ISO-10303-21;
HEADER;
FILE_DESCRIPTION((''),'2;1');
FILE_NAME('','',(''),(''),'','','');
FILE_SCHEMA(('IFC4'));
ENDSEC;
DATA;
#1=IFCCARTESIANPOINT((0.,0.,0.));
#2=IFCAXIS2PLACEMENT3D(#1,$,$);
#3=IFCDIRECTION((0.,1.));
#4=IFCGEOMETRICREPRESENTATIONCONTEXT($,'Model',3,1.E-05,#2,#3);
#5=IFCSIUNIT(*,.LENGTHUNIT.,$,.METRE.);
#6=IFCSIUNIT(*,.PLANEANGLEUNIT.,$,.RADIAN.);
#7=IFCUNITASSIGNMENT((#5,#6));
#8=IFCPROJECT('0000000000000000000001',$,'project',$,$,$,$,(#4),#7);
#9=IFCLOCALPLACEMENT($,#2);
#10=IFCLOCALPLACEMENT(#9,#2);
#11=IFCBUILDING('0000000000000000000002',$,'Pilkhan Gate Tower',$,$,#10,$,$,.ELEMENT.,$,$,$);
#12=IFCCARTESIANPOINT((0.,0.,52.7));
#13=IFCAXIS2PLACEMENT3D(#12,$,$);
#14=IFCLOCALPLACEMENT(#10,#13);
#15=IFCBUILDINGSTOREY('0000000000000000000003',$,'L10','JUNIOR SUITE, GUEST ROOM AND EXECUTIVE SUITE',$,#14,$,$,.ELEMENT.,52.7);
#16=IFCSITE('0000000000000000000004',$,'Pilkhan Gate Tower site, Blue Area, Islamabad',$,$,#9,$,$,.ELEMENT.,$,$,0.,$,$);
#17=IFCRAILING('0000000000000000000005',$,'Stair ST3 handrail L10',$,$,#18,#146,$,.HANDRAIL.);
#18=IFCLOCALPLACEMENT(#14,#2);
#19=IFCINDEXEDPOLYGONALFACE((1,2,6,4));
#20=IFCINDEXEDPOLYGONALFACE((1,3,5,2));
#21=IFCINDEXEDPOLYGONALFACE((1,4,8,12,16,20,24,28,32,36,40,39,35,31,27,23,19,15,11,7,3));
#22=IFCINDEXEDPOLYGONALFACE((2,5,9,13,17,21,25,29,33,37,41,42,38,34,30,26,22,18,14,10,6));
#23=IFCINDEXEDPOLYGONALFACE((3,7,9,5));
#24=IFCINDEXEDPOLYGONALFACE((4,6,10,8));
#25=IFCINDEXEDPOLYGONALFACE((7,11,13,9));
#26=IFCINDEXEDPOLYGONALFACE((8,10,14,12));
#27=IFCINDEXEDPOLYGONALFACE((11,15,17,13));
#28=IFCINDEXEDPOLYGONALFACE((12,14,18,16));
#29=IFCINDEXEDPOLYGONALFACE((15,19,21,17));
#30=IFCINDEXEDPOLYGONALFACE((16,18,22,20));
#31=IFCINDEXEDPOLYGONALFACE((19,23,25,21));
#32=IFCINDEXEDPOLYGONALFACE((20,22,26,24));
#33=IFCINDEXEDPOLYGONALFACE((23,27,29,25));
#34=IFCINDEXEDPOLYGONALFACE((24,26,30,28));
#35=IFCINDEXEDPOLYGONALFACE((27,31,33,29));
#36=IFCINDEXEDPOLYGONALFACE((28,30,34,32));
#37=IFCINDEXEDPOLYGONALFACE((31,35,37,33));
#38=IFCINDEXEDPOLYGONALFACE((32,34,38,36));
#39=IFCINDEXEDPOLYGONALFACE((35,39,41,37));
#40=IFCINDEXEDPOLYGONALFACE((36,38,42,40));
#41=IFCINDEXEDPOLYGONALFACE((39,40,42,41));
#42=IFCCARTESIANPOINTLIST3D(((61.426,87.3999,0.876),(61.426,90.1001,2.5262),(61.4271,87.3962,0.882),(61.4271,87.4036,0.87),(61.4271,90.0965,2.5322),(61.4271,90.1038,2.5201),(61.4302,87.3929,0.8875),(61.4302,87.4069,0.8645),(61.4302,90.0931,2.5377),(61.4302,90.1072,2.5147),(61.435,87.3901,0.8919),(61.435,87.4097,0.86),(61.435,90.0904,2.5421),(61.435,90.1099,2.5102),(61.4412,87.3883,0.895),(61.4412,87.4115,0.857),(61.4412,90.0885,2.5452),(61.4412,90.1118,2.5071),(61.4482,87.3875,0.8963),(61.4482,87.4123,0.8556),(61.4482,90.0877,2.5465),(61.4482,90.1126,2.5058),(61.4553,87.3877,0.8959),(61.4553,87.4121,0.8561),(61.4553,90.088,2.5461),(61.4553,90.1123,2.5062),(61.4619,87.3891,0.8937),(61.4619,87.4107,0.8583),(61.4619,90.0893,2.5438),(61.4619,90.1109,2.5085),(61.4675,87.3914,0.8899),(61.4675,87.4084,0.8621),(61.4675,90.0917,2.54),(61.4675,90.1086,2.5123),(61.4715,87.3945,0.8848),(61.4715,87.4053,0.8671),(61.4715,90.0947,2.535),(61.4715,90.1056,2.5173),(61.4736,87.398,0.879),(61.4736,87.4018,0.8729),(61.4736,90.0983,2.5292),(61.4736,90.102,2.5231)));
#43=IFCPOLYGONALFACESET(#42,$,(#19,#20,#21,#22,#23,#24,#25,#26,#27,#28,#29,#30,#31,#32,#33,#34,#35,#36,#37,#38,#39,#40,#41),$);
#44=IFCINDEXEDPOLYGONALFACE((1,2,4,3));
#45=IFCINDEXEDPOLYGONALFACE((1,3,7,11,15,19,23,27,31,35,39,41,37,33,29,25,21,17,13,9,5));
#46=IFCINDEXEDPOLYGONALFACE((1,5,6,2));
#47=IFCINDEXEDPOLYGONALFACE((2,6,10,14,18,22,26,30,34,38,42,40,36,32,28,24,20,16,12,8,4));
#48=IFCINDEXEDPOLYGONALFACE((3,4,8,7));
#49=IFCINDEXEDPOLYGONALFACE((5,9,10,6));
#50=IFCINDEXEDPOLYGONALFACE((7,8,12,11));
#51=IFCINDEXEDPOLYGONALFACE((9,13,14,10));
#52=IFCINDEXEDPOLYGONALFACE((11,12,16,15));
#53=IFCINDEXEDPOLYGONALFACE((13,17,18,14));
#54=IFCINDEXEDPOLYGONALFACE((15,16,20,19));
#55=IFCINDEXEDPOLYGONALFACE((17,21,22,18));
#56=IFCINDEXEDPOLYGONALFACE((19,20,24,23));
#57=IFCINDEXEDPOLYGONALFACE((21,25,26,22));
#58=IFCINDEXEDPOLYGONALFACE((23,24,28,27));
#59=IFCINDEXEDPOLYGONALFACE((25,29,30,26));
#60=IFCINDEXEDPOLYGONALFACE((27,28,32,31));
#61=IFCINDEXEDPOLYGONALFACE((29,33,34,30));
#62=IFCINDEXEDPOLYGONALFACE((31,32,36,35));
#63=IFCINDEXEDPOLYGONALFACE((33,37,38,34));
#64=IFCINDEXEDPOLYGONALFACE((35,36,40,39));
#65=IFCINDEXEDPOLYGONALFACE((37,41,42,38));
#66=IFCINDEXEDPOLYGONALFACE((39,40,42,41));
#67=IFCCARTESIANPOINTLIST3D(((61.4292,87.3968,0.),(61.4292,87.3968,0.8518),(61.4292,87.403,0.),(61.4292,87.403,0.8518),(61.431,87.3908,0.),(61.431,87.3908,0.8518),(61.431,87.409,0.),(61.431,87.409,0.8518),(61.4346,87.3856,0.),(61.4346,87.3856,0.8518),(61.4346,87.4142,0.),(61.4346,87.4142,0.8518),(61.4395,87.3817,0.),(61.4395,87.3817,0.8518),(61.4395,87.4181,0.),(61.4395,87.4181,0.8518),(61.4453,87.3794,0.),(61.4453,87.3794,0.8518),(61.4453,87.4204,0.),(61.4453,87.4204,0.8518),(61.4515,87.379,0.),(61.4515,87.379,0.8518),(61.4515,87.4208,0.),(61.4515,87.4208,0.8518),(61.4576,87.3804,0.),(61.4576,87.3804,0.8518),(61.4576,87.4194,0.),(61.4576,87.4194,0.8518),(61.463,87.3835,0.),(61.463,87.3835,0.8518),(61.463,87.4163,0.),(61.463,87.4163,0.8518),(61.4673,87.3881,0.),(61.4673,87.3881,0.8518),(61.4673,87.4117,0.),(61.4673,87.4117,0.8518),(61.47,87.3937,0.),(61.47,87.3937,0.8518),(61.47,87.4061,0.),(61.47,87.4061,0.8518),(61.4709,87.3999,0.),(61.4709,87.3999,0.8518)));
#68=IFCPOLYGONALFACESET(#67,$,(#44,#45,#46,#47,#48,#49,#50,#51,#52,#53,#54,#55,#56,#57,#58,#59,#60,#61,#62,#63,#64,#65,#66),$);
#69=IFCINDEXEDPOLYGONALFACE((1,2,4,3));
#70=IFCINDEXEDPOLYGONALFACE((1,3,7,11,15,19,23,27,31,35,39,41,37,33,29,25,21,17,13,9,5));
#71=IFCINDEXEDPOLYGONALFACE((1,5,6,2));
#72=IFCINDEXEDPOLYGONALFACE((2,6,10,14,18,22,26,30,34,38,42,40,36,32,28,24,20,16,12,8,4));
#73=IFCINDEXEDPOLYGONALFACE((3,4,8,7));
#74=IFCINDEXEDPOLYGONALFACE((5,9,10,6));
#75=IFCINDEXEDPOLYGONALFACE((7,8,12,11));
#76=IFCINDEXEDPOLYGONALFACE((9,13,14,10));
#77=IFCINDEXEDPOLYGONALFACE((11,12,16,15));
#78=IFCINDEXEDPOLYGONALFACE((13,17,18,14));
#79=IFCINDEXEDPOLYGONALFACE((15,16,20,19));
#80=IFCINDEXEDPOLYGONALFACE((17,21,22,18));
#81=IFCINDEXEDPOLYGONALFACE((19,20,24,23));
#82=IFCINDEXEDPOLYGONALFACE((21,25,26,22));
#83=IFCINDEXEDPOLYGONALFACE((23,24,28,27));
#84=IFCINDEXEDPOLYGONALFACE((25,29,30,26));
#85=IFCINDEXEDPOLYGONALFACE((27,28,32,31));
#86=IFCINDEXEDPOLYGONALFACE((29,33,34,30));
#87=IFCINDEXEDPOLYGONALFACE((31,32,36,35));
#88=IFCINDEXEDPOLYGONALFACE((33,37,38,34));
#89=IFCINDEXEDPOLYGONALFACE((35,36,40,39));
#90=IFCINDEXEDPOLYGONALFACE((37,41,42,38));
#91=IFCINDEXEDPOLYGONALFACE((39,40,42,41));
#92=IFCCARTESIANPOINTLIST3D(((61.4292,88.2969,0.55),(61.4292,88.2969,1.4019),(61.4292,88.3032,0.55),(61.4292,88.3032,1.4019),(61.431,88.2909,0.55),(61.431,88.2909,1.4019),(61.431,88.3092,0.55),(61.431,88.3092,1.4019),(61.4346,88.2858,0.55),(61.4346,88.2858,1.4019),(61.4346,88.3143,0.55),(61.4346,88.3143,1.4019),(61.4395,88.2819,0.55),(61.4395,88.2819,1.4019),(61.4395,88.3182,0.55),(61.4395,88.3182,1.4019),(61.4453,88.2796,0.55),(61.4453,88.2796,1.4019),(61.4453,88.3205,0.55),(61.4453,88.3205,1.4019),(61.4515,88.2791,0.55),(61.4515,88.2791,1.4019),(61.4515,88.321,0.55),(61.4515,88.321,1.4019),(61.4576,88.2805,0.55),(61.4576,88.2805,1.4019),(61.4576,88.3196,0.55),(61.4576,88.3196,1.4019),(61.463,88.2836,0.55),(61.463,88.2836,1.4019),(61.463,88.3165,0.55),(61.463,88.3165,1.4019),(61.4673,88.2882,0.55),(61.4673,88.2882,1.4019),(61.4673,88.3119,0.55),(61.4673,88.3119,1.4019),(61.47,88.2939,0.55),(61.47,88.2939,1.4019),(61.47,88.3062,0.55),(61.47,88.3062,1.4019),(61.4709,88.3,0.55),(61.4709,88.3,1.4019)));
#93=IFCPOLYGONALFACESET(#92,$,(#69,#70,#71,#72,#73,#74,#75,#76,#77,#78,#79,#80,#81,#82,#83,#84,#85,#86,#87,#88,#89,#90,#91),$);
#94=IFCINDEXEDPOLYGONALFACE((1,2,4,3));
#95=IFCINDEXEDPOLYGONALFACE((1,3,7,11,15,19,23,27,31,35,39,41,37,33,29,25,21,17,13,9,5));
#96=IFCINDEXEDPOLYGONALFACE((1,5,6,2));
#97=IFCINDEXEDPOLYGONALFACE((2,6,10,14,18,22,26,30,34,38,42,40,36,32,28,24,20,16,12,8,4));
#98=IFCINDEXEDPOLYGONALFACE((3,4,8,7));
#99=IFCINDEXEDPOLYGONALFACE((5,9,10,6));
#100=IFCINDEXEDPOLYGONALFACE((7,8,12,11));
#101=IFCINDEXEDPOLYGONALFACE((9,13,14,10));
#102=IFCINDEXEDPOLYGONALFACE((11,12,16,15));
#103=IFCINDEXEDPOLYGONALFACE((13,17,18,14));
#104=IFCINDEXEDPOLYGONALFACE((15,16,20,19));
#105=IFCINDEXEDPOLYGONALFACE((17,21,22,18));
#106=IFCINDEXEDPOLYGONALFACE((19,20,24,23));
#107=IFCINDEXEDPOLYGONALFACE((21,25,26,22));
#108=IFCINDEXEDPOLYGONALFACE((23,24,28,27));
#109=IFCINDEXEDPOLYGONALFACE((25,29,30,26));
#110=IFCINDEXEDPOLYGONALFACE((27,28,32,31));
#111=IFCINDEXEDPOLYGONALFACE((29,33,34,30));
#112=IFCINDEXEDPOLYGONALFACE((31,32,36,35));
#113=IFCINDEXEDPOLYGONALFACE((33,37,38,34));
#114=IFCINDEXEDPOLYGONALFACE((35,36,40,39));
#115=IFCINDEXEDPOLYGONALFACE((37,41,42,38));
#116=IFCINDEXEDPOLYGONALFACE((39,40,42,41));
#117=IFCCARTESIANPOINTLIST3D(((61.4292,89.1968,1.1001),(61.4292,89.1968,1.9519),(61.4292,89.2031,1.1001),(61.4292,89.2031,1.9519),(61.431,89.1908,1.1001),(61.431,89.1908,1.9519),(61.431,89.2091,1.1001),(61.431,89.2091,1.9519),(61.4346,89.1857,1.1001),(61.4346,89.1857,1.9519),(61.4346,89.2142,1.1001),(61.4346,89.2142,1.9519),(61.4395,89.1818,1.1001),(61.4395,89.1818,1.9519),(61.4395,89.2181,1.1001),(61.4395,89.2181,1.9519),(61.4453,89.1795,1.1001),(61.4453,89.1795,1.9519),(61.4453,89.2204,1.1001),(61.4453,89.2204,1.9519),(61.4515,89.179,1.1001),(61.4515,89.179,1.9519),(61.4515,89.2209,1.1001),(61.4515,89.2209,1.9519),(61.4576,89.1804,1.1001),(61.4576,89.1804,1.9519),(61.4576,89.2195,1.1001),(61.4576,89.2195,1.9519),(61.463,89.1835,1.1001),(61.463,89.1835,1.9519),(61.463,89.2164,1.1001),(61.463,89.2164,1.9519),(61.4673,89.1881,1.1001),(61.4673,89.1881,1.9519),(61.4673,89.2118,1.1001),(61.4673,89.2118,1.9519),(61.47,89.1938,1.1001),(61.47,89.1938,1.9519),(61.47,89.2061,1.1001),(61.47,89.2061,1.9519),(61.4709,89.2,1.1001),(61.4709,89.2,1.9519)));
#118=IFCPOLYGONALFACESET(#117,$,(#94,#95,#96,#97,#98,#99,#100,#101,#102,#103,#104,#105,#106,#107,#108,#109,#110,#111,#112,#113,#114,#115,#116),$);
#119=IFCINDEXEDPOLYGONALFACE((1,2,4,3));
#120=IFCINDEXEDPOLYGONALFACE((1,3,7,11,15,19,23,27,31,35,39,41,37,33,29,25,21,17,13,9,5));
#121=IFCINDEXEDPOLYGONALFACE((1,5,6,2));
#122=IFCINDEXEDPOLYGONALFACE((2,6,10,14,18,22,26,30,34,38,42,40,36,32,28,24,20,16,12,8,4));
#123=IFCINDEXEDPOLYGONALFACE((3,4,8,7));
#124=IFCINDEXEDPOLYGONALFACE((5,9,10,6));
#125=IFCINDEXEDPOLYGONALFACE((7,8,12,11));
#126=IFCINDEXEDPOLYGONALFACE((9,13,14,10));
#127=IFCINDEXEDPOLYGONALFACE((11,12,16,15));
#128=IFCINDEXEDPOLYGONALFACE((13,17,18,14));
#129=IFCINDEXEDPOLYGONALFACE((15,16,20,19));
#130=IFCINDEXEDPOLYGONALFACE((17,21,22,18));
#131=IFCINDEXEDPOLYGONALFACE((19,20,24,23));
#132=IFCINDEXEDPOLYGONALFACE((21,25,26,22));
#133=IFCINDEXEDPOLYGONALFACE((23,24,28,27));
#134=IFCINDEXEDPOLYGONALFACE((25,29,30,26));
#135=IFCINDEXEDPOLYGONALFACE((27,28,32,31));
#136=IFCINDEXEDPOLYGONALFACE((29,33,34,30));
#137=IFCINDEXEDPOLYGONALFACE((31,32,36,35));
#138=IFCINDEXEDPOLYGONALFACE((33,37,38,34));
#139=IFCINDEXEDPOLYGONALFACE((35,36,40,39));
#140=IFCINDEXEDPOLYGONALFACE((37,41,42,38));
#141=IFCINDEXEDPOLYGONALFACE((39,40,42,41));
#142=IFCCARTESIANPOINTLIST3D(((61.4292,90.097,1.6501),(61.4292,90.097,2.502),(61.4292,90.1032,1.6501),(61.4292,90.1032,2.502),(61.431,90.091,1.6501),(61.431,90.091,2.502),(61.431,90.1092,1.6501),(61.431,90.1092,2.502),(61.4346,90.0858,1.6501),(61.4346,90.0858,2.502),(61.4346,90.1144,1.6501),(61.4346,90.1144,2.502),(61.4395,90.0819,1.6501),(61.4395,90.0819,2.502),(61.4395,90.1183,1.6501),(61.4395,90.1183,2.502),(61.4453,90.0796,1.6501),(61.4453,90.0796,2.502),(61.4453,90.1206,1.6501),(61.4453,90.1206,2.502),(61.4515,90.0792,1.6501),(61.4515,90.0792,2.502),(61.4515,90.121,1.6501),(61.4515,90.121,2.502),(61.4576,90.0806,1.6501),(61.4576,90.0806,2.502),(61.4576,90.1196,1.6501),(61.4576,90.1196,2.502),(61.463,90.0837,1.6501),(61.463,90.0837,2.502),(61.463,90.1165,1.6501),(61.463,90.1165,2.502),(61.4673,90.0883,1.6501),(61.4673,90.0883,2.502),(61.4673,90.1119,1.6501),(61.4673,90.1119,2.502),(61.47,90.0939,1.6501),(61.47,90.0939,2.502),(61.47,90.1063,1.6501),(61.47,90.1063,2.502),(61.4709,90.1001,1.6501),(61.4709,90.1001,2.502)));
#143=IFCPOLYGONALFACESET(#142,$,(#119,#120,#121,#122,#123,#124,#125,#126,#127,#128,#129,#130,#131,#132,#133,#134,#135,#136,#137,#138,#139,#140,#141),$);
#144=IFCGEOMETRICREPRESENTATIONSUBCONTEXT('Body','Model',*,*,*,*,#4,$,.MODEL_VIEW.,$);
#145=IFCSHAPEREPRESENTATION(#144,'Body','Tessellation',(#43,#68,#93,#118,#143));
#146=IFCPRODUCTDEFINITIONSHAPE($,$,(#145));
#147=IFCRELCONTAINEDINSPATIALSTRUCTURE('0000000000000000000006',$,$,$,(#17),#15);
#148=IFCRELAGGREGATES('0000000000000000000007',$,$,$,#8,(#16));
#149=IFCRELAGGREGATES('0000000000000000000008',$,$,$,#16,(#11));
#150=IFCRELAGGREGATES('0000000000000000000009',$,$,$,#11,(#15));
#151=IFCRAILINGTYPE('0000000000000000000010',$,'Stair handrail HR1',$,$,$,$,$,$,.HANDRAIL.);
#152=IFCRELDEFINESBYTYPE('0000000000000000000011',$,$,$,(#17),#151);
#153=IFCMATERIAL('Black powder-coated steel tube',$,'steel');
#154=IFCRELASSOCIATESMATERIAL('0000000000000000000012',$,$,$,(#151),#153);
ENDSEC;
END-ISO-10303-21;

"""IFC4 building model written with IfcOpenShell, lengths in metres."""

from ifc_helpers import new_model, si_unit, direction, frame, origin, origin_2d, place, context, subcontext, project, spatial, circle, extrude, material, type_object, element, save


model = new_model("IFC4")

# Units and contexts
model_context = context("Model", 3, precision=1e-05, world=origin(), true_north=direction((0.0, 1.0)))
body_context = subcontext(model_context, "Body", "Model", "MODEL_VIEW")
ifc_project = project(units=[si_unit("LENGTHUNIT", "METRE"), si_unit("PLANEANGLEUNIT", "RADIAN")], contexts=[model_context])

# Site, building, storey
site_placement = place(None, origin())
site = spatial("IfcSite", under=ifc_project, at=site_placement, Name="Pilkhan Gate Tower site, Blue Area, Islamabad", CompositionType="ELEMENT", RefElevation=0.0)
building_placement = place(site_placement, origin())
building = spatial("IfcBuilding", under=site, at=building_placement, Name="Pilkhan Gate Tower", CompositionType="ELEMENT")
storey_placement = place(building_placement, frame((0.0, 0.0, 52.7)))
storey = spatial("IfcBuildingStorey", under=building, at=storey_placement, Name="L10", Description="JUNIOR SUITE, GUEST ROOM AND EXECUTIVE SUITE", CompositionType="ELEMENT", Elevation=52.7)

# Railing
ifc_material_1 = material(Name="Black powder-coated steel tube", Category="steel")
railing_type_1 = type_object("IfcRailingType", Name="Stair handrail HR1", PredefinedType="HANDRAIL", material=ifc_material_1)
railing_1_placement = place(storey_placement, frame((61.45, 87.3999, 0.0)))
element("IfcRailing", 1, at=railing_1_placement, inside=storey, type_object=railing_type_1, Name="Stair ST3 handrail L10", PredefinedType="HANDRAIL", context=body_context, shape_type="SweptSolid", body=[
    extrude(circle(Radius=0.0239, at=origin_2d()), frame((0.0, 0.0, 0.876), z_axis=(0.0, 0.853278, 0.521456), x_axis=(-1.0, 0.0, 0.0)), (0.0, 0.0, 1.0), 3.1646),
    extrude(circle(Radius=0.021, at=origin_2d()), origin(), (0.0, 0.0, 1.0), 0.8518),
    extrude(circle(Radius=0.021, at=origin_2d()), frame((0.0, 0.9001, 0.55)), (0.0, 0.0, 1.0), 0.8518),
    extrude(circle(Radius=0.021, at=origin_2d()), frame((0.0, 1.8, 1.1001)), (0.0, 0.0, 1.0), 0.8518),
    extrude(circle(Radius=0.021, at=origin_2d()), frame((0.0, 2.7002, 1.6501)), (0.0, 0.0, 1.0), 0.8518),
])

save(model, "model.ifc")
